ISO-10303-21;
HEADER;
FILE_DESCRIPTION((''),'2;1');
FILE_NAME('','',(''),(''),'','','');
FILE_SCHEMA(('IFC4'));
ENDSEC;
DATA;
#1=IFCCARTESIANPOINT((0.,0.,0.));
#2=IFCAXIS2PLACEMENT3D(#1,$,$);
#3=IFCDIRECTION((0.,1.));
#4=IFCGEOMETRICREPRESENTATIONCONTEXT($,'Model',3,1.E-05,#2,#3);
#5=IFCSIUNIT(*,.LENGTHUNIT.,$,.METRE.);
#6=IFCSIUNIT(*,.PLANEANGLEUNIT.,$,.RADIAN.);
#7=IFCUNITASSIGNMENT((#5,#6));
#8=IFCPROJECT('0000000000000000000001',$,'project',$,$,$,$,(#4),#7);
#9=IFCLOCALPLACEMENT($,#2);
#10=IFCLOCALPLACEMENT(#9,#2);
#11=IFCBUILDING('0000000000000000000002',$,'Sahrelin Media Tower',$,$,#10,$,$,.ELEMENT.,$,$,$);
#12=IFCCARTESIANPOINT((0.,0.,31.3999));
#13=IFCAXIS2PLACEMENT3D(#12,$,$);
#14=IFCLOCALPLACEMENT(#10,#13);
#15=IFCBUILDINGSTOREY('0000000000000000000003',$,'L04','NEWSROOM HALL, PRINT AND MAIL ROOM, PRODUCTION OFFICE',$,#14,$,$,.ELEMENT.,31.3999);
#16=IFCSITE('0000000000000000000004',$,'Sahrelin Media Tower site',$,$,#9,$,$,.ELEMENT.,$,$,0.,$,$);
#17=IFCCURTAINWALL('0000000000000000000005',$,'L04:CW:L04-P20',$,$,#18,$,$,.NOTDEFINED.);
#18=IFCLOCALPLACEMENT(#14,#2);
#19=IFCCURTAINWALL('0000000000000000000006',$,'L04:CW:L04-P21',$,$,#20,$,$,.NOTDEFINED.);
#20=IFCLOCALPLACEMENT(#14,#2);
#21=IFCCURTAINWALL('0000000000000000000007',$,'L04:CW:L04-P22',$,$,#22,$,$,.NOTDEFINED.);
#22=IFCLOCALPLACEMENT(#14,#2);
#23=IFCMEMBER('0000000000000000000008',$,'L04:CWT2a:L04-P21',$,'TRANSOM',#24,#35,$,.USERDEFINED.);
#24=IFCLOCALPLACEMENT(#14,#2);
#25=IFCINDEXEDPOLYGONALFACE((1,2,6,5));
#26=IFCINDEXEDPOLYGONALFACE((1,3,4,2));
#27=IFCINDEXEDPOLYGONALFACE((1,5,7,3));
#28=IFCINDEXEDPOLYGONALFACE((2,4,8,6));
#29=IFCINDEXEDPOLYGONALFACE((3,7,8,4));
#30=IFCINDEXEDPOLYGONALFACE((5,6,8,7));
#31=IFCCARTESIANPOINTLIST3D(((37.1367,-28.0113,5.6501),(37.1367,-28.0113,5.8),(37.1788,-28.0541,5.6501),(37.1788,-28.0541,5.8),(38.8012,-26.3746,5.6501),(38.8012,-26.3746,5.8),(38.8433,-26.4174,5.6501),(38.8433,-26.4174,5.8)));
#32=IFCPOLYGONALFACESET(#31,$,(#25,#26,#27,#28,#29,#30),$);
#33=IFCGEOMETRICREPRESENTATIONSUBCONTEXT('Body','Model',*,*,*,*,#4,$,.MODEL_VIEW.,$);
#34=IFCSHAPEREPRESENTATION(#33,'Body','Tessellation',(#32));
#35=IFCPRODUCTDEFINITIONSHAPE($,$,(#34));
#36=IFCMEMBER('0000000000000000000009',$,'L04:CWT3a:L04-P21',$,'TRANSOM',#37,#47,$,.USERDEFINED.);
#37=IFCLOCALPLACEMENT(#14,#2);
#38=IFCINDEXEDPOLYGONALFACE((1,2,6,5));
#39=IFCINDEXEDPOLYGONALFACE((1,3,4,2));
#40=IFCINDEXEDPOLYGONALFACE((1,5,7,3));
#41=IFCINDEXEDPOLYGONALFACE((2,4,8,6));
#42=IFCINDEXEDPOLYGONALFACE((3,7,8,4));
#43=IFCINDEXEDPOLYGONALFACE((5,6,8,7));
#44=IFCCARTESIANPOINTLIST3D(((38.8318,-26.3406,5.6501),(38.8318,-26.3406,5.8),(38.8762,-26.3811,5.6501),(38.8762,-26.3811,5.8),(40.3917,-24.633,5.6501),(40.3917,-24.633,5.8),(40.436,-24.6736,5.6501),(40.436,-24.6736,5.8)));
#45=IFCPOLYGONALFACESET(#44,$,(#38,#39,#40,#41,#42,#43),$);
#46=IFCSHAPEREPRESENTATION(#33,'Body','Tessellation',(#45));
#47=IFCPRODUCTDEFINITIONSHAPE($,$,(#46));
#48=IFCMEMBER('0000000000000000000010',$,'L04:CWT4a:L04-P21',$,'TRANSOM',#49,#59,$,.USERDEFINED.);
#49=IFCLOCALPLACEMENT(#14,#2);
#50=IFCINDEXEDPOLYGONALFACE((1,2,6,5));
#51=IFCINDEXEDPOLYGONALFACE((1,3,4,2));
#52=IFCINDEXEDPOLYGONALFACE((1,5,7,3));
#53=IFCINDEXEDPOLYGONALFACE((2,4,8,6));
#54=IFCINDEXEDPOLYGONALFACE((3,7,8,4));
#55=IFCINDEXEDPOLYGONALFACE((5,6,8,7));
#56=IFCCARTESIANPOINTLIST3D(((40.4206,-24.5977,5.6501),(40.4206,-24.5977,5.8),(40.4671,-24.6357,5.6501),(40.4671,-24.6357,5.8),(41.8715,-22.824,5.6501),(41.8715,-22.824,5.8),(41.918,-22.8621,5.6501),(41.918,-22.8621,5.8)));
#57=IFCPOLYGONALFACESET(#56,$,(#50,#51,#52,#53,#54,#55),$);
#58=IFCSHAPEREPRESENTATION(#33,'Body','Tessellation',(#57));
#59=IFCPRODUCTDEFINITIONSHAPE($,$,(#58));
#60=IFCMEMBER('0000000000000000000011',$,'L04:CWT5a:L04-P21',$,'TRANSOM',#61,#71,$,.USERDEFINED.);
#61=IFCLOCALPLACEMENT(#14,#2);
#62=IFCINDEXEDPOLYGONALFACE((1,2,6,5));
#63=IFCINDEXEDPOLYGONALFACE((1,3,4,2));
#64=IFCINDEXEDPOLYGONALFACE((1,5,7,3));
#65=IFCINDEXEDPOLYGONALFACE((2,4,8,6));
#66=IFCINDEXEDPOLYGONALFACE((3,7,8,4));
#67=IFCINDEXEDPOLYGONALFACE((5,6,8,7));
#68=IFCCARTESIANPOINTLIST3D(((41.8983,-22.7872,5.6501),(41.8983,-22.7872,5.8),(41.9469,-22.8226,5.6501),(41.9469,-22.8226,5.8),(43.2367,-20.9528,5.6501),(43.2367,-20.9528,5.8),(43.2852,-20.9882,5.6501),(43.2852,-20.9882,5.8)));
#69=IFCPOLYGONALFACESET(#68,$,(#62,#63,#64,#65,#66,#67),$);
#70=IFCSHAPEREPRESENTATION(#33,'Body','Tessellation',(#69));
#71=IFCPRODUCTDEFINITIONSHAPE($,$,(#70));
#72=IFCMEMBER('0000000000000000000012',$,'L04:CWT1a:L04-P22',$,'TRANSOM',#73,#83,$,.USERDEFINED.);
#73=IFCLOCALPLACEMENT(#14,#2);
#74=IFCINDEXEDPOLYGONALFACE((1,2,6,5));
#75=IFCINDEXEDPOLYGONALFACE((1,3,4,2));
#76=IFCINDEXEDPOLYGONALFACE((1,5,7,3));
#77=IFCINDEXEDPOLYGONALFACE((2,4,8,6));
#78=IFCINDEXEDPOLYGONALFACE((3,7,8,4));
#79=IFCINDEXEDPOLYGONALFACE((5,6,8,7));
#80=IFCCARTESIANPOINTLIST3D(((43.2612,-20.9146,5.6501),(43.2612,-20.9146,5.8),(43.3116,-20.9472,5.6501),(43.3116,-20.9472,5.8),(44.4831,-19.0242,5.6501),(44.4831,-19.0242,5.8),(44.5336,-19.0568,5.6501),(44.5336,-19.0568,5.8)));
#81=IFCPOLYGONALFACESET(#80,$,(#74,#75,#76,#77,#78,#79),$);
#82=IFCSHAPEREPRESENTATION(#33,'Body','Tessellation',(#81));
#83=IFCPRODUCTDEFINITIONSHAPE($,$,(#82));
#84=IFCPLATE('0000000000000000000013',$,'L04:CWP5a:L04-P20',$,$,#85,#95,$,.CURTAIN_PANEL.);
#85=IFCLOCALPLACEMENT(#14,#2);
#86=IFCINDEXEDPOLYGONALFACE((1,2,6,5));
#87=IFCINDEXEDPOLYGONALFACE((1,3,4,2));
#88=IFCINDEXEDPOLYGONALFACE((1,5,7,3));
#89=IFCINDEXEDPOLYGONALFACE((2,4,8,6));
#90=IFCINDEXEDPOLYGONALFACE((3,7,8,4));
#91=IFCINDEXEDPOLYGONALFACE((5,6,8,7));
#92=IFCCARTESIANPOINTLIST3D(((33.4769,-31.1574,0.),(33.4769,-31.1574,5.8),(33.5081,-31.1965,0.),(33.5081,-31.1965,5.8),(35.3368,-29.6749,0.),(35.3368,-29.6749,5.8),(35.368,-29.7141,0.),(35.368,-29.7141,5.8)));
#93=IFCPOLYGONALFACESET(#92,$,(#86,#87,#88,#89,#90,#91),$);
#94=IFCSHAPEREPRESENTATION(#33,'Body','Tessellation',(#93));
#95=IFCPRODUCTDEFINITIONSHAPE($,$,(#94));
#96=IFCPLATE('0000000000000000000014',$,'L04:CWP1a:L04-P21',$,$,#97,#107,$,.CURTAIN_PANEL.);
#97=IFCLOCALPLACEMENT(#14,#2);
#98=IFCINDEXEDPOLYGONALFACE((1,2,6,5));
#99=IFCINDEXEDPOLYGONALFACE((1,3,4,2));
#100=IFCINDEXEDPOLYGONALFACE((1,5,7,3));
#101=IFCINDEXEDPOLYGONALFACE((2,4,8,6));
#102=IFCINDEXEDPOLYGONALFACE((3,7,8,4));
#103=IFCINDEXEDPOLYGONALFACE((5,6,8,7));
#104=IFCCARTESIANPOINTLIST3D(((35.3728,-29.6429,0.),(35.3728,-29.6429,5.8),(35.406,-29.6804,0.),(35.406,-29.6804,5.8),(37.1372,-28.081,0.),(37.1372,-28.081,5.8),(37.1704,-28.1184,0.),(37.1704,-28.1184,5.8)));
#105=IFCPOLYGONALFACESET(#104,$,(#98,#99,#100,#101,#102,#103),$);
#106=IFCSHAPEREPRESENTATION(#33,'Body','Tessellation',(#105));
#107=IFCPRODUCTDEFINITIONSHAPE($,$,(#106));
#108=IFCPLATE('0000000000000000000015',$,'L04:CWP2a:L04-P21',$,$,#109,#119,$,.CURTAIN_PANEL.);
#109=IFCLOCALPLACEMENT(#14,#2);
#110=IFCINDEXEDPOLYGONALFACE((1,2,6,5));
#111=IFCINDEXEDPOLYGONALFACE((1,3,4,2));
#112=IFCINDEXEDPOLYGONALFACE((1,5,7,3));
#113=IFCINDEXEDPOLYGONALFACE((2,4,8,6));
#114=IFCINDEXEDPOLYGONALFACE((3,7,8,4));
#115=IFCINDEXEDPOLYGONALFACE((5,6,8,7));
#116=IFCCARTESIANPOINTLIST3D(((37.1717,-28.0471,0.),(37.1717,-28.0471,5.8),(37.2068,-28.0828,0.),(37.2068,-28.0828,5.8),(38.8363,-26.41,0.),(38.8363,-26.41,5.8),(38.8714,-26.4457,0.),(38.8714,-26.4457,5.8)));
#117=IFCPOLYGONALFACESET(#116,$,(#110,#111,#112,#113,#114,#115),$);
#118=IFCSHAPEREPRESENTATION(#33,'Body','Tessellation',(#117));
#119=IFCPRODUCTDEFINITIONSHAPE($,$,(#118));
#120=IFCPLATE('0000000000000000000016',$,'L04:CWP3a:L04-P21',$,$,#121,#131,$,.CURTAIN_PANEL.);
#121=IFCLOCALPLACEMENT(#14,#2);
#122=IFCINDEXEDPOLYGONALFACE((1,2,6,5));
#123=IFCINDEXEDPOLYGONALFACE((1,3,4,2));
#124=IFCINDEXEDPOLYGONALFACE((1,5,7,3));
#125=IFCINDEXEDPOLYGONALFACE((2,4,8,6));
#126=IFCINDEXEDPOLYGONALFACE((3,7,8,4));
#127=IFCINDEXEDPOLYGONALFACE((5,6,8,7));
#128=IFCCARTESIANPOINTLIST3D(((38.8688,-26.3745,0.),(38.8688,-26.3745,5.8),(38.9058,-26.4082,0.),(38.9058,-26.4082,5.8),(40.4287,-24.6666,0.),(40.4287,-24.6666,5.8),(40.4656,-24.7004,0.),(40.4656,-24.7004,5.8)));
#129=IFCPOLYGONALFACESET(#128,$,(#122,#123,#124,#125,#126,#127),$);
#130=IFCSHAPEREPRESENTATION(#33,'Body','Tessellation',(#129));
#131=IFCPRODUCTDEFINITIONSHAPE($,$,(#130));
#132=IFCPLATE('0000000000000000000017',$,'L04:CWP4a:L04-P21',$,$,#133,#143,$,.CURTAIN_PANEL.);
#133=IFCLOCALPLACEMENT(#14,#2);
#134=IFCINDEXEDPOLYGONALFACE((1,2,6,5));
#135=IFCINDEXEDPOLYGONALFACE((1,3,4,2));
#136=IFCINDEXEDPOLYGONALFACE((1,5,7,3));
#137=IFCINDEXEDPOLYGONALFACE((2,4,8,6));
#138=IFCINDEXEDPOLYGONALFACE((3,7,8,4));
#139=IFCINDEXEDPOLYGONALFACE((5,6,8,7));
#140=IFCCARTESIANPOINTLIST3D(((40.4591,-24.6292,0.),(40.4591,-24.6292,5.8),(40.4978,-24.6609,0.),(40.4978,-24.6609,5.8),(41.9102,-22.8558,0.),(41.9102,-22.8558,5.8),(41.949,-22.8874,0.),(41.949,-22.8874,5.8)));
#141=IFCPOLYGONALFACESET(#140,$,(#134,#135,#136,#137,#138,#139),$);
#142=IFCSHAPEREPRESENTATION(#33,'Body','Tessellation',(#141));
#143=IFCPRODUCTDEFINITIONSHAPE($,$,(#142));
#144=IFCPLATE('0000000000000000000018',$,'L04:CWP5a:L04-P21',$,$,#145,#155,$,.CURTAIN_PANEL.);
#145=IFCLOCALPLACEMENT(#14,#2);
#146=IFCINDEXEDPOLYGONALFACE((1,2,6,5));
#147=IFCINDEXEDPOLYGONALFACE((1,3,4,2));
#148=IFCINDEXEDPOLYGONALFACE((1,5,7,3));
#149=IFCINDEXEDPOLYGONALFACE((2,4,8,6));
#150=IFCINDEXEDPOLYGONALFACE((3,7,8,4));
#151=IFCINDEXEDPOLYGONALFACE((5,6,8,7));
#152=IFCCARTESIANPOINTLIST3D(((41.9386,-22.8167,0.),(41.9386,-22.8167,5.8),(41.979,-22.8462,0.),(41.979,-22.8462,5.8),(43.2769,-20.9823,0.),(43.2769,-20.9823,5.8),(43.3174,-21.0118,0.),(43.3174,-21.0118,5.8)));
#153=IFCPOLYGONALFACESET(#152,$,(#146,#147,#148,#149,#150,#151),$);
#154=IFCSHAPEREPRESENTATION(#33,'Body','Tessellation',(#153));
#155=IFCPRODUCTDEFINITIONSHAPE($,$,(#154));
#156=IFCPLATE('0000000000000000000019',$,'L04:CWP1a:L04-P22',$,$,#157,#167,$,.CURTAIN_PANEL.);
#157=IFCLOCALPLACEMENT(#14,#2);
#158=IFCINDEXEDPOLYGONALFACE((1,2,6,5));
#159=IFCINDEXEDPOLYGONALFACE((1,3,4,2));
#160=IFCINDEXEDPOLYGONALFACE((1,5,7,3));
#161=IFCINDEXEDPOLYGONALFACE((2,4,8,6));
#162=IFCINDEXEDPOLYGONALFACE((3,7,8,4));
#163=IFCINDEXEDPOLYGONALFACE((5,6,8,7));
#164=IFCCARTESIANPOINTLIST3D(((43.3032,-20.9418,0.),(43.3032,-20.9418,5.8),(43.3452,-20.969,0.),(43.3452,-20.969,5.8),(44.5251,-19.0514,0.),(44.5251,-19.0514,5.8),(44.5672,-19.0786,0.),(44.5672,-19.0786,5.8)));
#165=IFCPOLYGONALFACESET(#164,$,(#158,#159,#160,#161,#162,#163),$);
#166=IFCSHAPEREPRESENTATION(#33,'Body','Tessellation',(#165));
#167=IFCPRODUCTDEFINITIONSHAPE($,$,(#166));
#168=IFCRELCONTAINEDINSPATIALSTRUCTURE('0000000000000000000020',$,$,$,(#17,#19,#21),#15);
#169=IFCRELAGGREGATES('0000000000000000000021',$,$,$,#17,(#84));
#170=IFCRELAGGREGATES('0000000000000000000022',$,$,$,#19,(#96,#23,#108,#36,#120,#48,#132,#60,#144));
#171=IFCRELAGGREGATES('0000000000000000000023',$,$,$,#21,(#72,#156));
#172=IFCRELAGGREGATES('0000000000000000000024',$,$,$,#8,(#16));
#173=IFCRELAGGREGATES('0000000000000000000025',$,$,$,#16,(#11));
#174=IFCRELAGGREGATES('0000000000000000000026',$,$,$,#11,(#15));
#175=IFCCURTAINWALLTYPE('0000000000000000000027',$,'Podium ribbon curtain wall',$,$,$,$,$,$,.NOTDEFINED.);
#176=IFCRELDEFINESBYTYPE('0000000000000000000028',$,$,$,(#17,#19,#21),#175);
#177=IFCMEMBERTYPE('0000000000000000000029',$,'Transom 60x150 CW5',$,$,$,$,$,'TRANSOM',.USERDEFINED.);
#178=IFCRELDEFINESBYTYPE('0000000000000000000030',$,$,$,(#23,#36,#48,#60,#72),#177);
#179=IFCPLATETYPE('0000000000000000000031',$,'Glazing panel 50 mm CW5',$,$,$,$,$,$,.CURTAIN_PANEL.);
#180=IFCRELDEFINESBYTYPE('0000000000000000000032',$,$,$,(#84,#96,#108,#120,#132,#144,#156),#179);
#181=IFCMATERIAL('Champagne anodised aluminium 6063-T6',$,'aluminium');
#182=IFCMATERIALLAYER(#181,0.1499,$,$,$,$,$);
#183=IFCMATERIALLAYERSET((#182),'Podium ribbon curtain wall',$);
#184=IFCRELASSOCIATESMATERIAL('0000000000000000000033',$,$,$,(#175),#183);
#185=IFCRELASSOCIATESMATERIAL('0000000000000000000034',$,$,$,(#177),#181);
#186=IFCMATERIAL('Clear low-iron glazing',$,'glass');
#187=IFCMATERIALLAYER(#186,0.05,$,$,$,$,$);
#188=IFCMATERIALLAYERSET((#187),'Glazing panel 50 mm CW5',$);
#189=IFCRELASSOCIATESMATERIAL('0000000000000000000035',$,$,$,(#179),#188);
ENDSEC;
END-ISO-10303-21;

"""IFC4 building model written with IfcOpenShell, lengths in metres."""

from ifc_helpers import new_model, si_unit, direction, frame, origin, origin_2d, place, context, subcontext, project, spatial, polyline, rectangle, outline, extrude, material, layer, layer_set, material_profile, profile_set, type_object, element, aggregate, save


model = new_model("IFC4")

# Units and contexts
model_context = context("Model", 3, precision=1e-05, world=origin(), true_north=direction((0.0, 1.0)))
body_context = subcontext(model_context, "Body", "Model", "MODEL_VIEW")
ifc_project = project(units=[si_unit("LENGTHUNIT", "METRE"), si_unit("PLANEANGLEUNIT", "RADIAN")], contexts=[model_context])

# Site, building, storey
site_placement = place(None, origin())
site = spatial("IfcSite", under=ifc_project, at=site_placement, Name="Sahrelin Media Tower site", CompositionType="ELEMENT", RefElevation=0.0)
building_placement = place(site_placement, origin())
building = spatial("IfcBuilding", under=site, at=building_placement, Name="Sahrelin Media Tower", CompositionType="ELEMENT")
storey_placement = place(building_placement, frame((0.0, 0.0, 31.3999)))
storey = spatial("IfcBuildingStorey", under=building, at=storey_placement, Name="L04", Description="NEWSROOM HALL, PRINT AND MAIL ROOM, PRODUCTION OFFICE", CompositionType="ELEMENT", Elevation=31.3999)

# Curtain wall
ifc_material_1 = material(Name="Champagne anodised aluminium 6063-T6", Category="aluminium")
ifc_layer_1 = layer(ifc_material_1, 0.1499)
ifc_layer_set_1 = layer_set([ifc_layer_1], Name="Podium ribbon curtain wall")
curtain_wall_type = type_object("IfcCurtainWallType", Name="Podium ribbon curtain wall", PredefinedType="NOTDEFINED", material=ifc_layer_set_1)
curtain_wall_1_placement = place(storey_placement, frame((25.0, -36.373, 0.0), z_axis=(0.0, 0.0, 1.0), x_axis=(1.0, 0.0, 0.0)))
curtain_wall_1 = element("IfcCurtainWall", 1, at=curtain_wall_1_placement, inside=storey, type_object=curtain_wall_type, Name="L04:CW:L04-P20", PredefinedType="NOTDEFINED")

# Curtain wall
curtain_wall_2_placement = place(storey_placement, frame((35.3552, -29.6985, 0.0), z_axis=(0.0, 0.0, 1.0), x_axis=(1.0, 0.0, 0.0)))
curtain_wall_2 = element("IfcCurtainWall", 2, at=curtain_wall_2_placement, inside=storey, type_object=curtain_wall_type, Name="L04:CW:L04-P21", PredefinedType="NOTDEFINED")

# Curtain wall
curtain_wall_3_placement = place(storey_placement, frame((43.3013, -21.0, 0.0), z_axis=(0.0, 0.0, 1.0), x_axis=(1.0, 0.0, 0.0)))
curtain_wall_3 = element("IfcCurtainWall", 3, at=curtain_wall_3_placement, inside=storey, type_object=curtain_wall_type, Name="L04:CW:L04-P22", PredefinedType="NOTDEFINED")

# Members
ifc_material_profile_1 = material_profile(ifc_material_1, rectangle(XDim=0.0601, YDim=0.1499, at=origin_2d()), Name="Transom 60x150")
ifc_profile_set_1 = profile_set([ifc_material_profile_1], Name="Champagne anodised aluminium 6063-T6")
member_type_1 = type_object("IfcMemberType", Name="Transom 60x150 CW5", ElementType="TRANSOM", PredefinedType="USERDEFINED", material=ifc_profile_set_1)
member_1_placement = place(storey_placement, frame((37.1577, -28.0327, 5.7251), z_axis=(0.713043, 0.70112, 0.0), x_axis=(-0.70112, 0.713043, 0.0)))
member_1 = element("IfcMember", 4, at=member_1_placement, type_object=member_type_1, Name="L04:CWT2a:L04-P21", ObjectType="TRANSOM", PredefinedType="USERDEFINED", context=body_context, shape_type="SweptSolid", body=[
    extrude(rectangle(XDim=0.0601, YDim=0.1499, at=origin_2d()), origin(), (0.0, 0.0, 1.0), 2.3345),
])
member_2_placement = place(storey_placement, frame((38.854, -26.3608, 5.7251), z_axis=(0.674452, 0.738319, 0.0), x_axis=(-0.738319, 0.674452, 0.0)))
member_2 = element("IfcMember", 5, at=member_2_placement, type_object=member_type_1, Name="L04:CWT3a:L04-P21", ObjectType="TRANSOM", PredefinedType="USERDEFINED", context=body_context, shape_type="SweptSolid", body=[
    extrude(rectangle(XDim=0.0601, YDim=0.1499, at=origin_2d()), origin(), (0.0, 0.0, 1.0), 2.3127),
])
member_3_placement = place(storey_placement, frame((40.4438, -24.6167, 5.7251), z_axis=(0.633168, 0.774014, 0.0), x_axis=(-0.774014, 0.633168, 0.0)))
member_3 = element("IfcMember", 6, at=member_3_placement, type_object=member_type_1, Name="L04:CWT4a:L04-P21", ObjectType="TRANSOM", PredefinedType="USERDEFINED", context=body_context, shape_type="SweptSolid", body=[
    extrude(rectangle(XDim=0.0601, YDim=0.1499, at=origin_2d()), origin(), (0.0, 0.0, 1.0), 2.2915),
])
member_4_placement = place(storey_placement, frame((41.9226, -22.8049, 5.7251), z_axis=(0.589386, 0.807852, 0.0), x_axis=(-0.807852, 0.589386, 0.0)))
member_4 = element("IfcMember", 7, at=member_4_placement, type_object=member_type_1, Name="L04:CWT5a:L04-P21", ObjectType="TRANSOM", PredefinedType="USERDEFINED", context=body_context, shape_type="SweptSolid", body=[
    extrude(rectangle(XDim=0.0601, YDim=0.1499, at=origin_2d()), origin(), (0.0, 0.0, 1.0), 2.2708),
])
member_5_placement = place(storey_placement, frame((43.2864, -20.9309, 5.7251), z_axis=(0.542855, 0.839826, 0.0), x_axis=(-0.839826, 0.542855, 0.0)))
member_5 = element("IfcMember", 8, at=member_5_placement, type_object=member_type_1, Name="L04:CWT1a:L04-P22", ObjectType="TRANSOM", PredefinedType="USERDEFINED", context=body_context, shape_type="SweptSolid", body=[
    extrude(rectangle(XDim=0.0601, YDim=0.1499, at=origin_2d()), origin(), (0.0, 0.0, 1.0), 2.251),
])

# Plates
ifc_material_2 = material(Name="Clear low-iron glazing", Category="glass")
ifc_layer_2 = layer(ifc_material_2, 0.05)
ifc_layer_set_2 = layer_set([ifc_layer_2], Name="Glazing panel 50 mm CW5")
plate_type = type_object("IfcPlateType", Name="Glazing panel 50 mm CW5", PredefinedType="CURTAIN_PANEL", material=ifc_layer_set_2)
plate_1_placement = place(storey_placement, frame((33.5081, -31.1965, 0.0), z_axis=(0.623292, -0.781989, 0.0), x_axis=(0.781989, 0.623292, 0.0)))
plate_1 = element("IfcPlate", 9, at=plate_1_placement, type_object=plate_type, Name="L04:CWP5a:L04-P20", PredefinedType="CURTAIN_PANEL", context=body_context, shape_type="SweptSolid", body=[
    extrude(outline(polyline([(0.0, 0.0), (2.3784, 0.0), (2.3784, 5.8), (0.0, 5.8), (0.0, 0.0)])), origin(), (0.0, 0.0, -1.0), 0.05),
])
aggregate(curtain_wall_1, [plate_1])
plate_2_placement = place(storey_placement, frame((35.406, -29.6804, 0.0), z_axis=(0.662858, -0.748745, 0.0), x_axis=(0.748745, 0.662858, 0.0)))
plate_2 = element("IfcPlate", 10, at=plate_2_placement, type_object=plate_type, Name="L04:CWP1a:L04-P21", PredefinedType="CURTAIN_PANEL", context=body_context, shape_type="SweptSolid", body=[
    extrude(outline(polyline([(0.0, 0.0), (2.3564, 0.0), (2.3564, 5.8), (0.0, 5.8), (0.0, 0.0)])), origin(), (0.0, 0.0, -1.0), 0.05),
])
plate_3_placement = place(storey_placement, frame((37.2068, -28.0828, 0.0), z_axis=(0.701174, -0.712991, 0.0), x_axis=(0.712991, 0.701174, 0.0)))
plate_3 = element("IfcPlate", 11, at=plate_3_placement, type_object=plate_type, Name="L04:CWP2a:L04-P21", PredefinedType="CURTAIN_PANEL", context=body_context, shape_type="SweptSolid", body=[
    extrude(outline(polyline([(0.0, 0.0), (2.3347, 0.0), (2.3347, 5.8), (0.0, 5.8), (0.0, 0.0)])), origin(), (0.0, 0.0, -1.0), 0.05),
])
plate_4_placement = place(storey_placement, frame((38.9058, -26.4082, 0.0), z_axis=(0.738367, -0.6744, 0.0), x_axis=(0.6744, 0.738367, 0.0)))
plate_4 = element("IfcPlate", 12, at=plate_4_placement, type_object=plate_type, Name="L04:CWP3a:L04-P21", PredefinedType="CURTAIN_PANEL", context=body_context, shape_type="SweptSolid", body=[
    extrude(outline(polyline([(0.0, 0.0), (2.313, 0.0), (2.313, 5.8), (0.0, 5.8), (0.0, 0.0)])), origin(), (0.0, 0.0, -1.0), 0.05),
])
plate_5_placement = place(storey_placement, frame((40.4978, -24.6609, 0.0), z_axis=(0.773919, -0.633284, 0.0), x_axis=(0.633284, 0.773919, 0.0)))
plate_5 = element("IfcPlate", 13, at=plate_5_placement, type_object=plate_type, Name="L04:CWP4a:L04-P21", PredefinedType="CURTAIN_PANEL", context=body_context, shape_type="SweptSolid", body=[
    extrude(outline(polyline([(0.0, 0.0), (2.2915, 0.0), (2.2915, 5.8), (0.0, 5.8), (0.0, 0.0)])), origin(), (0.0, 0.0, -1.0), 0.05),
])
plate_6_placement = place(storey_placement, frame((41.979, -22.8462, 0.0), z_axis=(0.807852, -0.589386, 0.0), x_axis=(0.589386, 0.807852, 0.0)))
plate_6 = element("IfcPlate", 14, at=plate_6_placement, type_object=plate_type, Name="L04:CWP5a:L04-P21", PredefinedType="CURTAIN_PANEL", context=body_context, shape_type="SweptSolid", body=[
    extrude(outline(polyline([(0.0, 0.0), (2.2708, 0.0), (2.2708, 5.8), (0.0, 5.8), (0.0, 0.0)])), origin(), (0.0, 0.0, -1.0), 0.05),
])
aggregate(curtain_wall_2, [plate_2, member_1, plate_3, member_2, plate_4, member_3, plate_5, member_4, plate_6])
plate_7_placement = place(storey_placement, frame((43.3452, -20.969, 0.0), z_axis=(0.839826, -0.542855, 0.0), x_axis=(0.542855, 0.839826, 0.0)))
plate_7 = element("IfcPlate", 15, at=plate_7_placement, type_object=plate_type, Name="L04:CWP1a:L04-P22", PredefinedType="CURTAIN_PANEL", context=body_context, shape_type="SweptSolid", body=[
    extrude(outline(polyline([(0.0, 0.0), (2.251, 0.0), (2.251, 5.8), (0.0, 5.8), (0.0, 0.0)])), origin(), (0.0, 0.0, -1.0), 0.05),
])
aggregate(curtain_wall_3, [member_5, plate_7])

save(model, "model.ifc")
